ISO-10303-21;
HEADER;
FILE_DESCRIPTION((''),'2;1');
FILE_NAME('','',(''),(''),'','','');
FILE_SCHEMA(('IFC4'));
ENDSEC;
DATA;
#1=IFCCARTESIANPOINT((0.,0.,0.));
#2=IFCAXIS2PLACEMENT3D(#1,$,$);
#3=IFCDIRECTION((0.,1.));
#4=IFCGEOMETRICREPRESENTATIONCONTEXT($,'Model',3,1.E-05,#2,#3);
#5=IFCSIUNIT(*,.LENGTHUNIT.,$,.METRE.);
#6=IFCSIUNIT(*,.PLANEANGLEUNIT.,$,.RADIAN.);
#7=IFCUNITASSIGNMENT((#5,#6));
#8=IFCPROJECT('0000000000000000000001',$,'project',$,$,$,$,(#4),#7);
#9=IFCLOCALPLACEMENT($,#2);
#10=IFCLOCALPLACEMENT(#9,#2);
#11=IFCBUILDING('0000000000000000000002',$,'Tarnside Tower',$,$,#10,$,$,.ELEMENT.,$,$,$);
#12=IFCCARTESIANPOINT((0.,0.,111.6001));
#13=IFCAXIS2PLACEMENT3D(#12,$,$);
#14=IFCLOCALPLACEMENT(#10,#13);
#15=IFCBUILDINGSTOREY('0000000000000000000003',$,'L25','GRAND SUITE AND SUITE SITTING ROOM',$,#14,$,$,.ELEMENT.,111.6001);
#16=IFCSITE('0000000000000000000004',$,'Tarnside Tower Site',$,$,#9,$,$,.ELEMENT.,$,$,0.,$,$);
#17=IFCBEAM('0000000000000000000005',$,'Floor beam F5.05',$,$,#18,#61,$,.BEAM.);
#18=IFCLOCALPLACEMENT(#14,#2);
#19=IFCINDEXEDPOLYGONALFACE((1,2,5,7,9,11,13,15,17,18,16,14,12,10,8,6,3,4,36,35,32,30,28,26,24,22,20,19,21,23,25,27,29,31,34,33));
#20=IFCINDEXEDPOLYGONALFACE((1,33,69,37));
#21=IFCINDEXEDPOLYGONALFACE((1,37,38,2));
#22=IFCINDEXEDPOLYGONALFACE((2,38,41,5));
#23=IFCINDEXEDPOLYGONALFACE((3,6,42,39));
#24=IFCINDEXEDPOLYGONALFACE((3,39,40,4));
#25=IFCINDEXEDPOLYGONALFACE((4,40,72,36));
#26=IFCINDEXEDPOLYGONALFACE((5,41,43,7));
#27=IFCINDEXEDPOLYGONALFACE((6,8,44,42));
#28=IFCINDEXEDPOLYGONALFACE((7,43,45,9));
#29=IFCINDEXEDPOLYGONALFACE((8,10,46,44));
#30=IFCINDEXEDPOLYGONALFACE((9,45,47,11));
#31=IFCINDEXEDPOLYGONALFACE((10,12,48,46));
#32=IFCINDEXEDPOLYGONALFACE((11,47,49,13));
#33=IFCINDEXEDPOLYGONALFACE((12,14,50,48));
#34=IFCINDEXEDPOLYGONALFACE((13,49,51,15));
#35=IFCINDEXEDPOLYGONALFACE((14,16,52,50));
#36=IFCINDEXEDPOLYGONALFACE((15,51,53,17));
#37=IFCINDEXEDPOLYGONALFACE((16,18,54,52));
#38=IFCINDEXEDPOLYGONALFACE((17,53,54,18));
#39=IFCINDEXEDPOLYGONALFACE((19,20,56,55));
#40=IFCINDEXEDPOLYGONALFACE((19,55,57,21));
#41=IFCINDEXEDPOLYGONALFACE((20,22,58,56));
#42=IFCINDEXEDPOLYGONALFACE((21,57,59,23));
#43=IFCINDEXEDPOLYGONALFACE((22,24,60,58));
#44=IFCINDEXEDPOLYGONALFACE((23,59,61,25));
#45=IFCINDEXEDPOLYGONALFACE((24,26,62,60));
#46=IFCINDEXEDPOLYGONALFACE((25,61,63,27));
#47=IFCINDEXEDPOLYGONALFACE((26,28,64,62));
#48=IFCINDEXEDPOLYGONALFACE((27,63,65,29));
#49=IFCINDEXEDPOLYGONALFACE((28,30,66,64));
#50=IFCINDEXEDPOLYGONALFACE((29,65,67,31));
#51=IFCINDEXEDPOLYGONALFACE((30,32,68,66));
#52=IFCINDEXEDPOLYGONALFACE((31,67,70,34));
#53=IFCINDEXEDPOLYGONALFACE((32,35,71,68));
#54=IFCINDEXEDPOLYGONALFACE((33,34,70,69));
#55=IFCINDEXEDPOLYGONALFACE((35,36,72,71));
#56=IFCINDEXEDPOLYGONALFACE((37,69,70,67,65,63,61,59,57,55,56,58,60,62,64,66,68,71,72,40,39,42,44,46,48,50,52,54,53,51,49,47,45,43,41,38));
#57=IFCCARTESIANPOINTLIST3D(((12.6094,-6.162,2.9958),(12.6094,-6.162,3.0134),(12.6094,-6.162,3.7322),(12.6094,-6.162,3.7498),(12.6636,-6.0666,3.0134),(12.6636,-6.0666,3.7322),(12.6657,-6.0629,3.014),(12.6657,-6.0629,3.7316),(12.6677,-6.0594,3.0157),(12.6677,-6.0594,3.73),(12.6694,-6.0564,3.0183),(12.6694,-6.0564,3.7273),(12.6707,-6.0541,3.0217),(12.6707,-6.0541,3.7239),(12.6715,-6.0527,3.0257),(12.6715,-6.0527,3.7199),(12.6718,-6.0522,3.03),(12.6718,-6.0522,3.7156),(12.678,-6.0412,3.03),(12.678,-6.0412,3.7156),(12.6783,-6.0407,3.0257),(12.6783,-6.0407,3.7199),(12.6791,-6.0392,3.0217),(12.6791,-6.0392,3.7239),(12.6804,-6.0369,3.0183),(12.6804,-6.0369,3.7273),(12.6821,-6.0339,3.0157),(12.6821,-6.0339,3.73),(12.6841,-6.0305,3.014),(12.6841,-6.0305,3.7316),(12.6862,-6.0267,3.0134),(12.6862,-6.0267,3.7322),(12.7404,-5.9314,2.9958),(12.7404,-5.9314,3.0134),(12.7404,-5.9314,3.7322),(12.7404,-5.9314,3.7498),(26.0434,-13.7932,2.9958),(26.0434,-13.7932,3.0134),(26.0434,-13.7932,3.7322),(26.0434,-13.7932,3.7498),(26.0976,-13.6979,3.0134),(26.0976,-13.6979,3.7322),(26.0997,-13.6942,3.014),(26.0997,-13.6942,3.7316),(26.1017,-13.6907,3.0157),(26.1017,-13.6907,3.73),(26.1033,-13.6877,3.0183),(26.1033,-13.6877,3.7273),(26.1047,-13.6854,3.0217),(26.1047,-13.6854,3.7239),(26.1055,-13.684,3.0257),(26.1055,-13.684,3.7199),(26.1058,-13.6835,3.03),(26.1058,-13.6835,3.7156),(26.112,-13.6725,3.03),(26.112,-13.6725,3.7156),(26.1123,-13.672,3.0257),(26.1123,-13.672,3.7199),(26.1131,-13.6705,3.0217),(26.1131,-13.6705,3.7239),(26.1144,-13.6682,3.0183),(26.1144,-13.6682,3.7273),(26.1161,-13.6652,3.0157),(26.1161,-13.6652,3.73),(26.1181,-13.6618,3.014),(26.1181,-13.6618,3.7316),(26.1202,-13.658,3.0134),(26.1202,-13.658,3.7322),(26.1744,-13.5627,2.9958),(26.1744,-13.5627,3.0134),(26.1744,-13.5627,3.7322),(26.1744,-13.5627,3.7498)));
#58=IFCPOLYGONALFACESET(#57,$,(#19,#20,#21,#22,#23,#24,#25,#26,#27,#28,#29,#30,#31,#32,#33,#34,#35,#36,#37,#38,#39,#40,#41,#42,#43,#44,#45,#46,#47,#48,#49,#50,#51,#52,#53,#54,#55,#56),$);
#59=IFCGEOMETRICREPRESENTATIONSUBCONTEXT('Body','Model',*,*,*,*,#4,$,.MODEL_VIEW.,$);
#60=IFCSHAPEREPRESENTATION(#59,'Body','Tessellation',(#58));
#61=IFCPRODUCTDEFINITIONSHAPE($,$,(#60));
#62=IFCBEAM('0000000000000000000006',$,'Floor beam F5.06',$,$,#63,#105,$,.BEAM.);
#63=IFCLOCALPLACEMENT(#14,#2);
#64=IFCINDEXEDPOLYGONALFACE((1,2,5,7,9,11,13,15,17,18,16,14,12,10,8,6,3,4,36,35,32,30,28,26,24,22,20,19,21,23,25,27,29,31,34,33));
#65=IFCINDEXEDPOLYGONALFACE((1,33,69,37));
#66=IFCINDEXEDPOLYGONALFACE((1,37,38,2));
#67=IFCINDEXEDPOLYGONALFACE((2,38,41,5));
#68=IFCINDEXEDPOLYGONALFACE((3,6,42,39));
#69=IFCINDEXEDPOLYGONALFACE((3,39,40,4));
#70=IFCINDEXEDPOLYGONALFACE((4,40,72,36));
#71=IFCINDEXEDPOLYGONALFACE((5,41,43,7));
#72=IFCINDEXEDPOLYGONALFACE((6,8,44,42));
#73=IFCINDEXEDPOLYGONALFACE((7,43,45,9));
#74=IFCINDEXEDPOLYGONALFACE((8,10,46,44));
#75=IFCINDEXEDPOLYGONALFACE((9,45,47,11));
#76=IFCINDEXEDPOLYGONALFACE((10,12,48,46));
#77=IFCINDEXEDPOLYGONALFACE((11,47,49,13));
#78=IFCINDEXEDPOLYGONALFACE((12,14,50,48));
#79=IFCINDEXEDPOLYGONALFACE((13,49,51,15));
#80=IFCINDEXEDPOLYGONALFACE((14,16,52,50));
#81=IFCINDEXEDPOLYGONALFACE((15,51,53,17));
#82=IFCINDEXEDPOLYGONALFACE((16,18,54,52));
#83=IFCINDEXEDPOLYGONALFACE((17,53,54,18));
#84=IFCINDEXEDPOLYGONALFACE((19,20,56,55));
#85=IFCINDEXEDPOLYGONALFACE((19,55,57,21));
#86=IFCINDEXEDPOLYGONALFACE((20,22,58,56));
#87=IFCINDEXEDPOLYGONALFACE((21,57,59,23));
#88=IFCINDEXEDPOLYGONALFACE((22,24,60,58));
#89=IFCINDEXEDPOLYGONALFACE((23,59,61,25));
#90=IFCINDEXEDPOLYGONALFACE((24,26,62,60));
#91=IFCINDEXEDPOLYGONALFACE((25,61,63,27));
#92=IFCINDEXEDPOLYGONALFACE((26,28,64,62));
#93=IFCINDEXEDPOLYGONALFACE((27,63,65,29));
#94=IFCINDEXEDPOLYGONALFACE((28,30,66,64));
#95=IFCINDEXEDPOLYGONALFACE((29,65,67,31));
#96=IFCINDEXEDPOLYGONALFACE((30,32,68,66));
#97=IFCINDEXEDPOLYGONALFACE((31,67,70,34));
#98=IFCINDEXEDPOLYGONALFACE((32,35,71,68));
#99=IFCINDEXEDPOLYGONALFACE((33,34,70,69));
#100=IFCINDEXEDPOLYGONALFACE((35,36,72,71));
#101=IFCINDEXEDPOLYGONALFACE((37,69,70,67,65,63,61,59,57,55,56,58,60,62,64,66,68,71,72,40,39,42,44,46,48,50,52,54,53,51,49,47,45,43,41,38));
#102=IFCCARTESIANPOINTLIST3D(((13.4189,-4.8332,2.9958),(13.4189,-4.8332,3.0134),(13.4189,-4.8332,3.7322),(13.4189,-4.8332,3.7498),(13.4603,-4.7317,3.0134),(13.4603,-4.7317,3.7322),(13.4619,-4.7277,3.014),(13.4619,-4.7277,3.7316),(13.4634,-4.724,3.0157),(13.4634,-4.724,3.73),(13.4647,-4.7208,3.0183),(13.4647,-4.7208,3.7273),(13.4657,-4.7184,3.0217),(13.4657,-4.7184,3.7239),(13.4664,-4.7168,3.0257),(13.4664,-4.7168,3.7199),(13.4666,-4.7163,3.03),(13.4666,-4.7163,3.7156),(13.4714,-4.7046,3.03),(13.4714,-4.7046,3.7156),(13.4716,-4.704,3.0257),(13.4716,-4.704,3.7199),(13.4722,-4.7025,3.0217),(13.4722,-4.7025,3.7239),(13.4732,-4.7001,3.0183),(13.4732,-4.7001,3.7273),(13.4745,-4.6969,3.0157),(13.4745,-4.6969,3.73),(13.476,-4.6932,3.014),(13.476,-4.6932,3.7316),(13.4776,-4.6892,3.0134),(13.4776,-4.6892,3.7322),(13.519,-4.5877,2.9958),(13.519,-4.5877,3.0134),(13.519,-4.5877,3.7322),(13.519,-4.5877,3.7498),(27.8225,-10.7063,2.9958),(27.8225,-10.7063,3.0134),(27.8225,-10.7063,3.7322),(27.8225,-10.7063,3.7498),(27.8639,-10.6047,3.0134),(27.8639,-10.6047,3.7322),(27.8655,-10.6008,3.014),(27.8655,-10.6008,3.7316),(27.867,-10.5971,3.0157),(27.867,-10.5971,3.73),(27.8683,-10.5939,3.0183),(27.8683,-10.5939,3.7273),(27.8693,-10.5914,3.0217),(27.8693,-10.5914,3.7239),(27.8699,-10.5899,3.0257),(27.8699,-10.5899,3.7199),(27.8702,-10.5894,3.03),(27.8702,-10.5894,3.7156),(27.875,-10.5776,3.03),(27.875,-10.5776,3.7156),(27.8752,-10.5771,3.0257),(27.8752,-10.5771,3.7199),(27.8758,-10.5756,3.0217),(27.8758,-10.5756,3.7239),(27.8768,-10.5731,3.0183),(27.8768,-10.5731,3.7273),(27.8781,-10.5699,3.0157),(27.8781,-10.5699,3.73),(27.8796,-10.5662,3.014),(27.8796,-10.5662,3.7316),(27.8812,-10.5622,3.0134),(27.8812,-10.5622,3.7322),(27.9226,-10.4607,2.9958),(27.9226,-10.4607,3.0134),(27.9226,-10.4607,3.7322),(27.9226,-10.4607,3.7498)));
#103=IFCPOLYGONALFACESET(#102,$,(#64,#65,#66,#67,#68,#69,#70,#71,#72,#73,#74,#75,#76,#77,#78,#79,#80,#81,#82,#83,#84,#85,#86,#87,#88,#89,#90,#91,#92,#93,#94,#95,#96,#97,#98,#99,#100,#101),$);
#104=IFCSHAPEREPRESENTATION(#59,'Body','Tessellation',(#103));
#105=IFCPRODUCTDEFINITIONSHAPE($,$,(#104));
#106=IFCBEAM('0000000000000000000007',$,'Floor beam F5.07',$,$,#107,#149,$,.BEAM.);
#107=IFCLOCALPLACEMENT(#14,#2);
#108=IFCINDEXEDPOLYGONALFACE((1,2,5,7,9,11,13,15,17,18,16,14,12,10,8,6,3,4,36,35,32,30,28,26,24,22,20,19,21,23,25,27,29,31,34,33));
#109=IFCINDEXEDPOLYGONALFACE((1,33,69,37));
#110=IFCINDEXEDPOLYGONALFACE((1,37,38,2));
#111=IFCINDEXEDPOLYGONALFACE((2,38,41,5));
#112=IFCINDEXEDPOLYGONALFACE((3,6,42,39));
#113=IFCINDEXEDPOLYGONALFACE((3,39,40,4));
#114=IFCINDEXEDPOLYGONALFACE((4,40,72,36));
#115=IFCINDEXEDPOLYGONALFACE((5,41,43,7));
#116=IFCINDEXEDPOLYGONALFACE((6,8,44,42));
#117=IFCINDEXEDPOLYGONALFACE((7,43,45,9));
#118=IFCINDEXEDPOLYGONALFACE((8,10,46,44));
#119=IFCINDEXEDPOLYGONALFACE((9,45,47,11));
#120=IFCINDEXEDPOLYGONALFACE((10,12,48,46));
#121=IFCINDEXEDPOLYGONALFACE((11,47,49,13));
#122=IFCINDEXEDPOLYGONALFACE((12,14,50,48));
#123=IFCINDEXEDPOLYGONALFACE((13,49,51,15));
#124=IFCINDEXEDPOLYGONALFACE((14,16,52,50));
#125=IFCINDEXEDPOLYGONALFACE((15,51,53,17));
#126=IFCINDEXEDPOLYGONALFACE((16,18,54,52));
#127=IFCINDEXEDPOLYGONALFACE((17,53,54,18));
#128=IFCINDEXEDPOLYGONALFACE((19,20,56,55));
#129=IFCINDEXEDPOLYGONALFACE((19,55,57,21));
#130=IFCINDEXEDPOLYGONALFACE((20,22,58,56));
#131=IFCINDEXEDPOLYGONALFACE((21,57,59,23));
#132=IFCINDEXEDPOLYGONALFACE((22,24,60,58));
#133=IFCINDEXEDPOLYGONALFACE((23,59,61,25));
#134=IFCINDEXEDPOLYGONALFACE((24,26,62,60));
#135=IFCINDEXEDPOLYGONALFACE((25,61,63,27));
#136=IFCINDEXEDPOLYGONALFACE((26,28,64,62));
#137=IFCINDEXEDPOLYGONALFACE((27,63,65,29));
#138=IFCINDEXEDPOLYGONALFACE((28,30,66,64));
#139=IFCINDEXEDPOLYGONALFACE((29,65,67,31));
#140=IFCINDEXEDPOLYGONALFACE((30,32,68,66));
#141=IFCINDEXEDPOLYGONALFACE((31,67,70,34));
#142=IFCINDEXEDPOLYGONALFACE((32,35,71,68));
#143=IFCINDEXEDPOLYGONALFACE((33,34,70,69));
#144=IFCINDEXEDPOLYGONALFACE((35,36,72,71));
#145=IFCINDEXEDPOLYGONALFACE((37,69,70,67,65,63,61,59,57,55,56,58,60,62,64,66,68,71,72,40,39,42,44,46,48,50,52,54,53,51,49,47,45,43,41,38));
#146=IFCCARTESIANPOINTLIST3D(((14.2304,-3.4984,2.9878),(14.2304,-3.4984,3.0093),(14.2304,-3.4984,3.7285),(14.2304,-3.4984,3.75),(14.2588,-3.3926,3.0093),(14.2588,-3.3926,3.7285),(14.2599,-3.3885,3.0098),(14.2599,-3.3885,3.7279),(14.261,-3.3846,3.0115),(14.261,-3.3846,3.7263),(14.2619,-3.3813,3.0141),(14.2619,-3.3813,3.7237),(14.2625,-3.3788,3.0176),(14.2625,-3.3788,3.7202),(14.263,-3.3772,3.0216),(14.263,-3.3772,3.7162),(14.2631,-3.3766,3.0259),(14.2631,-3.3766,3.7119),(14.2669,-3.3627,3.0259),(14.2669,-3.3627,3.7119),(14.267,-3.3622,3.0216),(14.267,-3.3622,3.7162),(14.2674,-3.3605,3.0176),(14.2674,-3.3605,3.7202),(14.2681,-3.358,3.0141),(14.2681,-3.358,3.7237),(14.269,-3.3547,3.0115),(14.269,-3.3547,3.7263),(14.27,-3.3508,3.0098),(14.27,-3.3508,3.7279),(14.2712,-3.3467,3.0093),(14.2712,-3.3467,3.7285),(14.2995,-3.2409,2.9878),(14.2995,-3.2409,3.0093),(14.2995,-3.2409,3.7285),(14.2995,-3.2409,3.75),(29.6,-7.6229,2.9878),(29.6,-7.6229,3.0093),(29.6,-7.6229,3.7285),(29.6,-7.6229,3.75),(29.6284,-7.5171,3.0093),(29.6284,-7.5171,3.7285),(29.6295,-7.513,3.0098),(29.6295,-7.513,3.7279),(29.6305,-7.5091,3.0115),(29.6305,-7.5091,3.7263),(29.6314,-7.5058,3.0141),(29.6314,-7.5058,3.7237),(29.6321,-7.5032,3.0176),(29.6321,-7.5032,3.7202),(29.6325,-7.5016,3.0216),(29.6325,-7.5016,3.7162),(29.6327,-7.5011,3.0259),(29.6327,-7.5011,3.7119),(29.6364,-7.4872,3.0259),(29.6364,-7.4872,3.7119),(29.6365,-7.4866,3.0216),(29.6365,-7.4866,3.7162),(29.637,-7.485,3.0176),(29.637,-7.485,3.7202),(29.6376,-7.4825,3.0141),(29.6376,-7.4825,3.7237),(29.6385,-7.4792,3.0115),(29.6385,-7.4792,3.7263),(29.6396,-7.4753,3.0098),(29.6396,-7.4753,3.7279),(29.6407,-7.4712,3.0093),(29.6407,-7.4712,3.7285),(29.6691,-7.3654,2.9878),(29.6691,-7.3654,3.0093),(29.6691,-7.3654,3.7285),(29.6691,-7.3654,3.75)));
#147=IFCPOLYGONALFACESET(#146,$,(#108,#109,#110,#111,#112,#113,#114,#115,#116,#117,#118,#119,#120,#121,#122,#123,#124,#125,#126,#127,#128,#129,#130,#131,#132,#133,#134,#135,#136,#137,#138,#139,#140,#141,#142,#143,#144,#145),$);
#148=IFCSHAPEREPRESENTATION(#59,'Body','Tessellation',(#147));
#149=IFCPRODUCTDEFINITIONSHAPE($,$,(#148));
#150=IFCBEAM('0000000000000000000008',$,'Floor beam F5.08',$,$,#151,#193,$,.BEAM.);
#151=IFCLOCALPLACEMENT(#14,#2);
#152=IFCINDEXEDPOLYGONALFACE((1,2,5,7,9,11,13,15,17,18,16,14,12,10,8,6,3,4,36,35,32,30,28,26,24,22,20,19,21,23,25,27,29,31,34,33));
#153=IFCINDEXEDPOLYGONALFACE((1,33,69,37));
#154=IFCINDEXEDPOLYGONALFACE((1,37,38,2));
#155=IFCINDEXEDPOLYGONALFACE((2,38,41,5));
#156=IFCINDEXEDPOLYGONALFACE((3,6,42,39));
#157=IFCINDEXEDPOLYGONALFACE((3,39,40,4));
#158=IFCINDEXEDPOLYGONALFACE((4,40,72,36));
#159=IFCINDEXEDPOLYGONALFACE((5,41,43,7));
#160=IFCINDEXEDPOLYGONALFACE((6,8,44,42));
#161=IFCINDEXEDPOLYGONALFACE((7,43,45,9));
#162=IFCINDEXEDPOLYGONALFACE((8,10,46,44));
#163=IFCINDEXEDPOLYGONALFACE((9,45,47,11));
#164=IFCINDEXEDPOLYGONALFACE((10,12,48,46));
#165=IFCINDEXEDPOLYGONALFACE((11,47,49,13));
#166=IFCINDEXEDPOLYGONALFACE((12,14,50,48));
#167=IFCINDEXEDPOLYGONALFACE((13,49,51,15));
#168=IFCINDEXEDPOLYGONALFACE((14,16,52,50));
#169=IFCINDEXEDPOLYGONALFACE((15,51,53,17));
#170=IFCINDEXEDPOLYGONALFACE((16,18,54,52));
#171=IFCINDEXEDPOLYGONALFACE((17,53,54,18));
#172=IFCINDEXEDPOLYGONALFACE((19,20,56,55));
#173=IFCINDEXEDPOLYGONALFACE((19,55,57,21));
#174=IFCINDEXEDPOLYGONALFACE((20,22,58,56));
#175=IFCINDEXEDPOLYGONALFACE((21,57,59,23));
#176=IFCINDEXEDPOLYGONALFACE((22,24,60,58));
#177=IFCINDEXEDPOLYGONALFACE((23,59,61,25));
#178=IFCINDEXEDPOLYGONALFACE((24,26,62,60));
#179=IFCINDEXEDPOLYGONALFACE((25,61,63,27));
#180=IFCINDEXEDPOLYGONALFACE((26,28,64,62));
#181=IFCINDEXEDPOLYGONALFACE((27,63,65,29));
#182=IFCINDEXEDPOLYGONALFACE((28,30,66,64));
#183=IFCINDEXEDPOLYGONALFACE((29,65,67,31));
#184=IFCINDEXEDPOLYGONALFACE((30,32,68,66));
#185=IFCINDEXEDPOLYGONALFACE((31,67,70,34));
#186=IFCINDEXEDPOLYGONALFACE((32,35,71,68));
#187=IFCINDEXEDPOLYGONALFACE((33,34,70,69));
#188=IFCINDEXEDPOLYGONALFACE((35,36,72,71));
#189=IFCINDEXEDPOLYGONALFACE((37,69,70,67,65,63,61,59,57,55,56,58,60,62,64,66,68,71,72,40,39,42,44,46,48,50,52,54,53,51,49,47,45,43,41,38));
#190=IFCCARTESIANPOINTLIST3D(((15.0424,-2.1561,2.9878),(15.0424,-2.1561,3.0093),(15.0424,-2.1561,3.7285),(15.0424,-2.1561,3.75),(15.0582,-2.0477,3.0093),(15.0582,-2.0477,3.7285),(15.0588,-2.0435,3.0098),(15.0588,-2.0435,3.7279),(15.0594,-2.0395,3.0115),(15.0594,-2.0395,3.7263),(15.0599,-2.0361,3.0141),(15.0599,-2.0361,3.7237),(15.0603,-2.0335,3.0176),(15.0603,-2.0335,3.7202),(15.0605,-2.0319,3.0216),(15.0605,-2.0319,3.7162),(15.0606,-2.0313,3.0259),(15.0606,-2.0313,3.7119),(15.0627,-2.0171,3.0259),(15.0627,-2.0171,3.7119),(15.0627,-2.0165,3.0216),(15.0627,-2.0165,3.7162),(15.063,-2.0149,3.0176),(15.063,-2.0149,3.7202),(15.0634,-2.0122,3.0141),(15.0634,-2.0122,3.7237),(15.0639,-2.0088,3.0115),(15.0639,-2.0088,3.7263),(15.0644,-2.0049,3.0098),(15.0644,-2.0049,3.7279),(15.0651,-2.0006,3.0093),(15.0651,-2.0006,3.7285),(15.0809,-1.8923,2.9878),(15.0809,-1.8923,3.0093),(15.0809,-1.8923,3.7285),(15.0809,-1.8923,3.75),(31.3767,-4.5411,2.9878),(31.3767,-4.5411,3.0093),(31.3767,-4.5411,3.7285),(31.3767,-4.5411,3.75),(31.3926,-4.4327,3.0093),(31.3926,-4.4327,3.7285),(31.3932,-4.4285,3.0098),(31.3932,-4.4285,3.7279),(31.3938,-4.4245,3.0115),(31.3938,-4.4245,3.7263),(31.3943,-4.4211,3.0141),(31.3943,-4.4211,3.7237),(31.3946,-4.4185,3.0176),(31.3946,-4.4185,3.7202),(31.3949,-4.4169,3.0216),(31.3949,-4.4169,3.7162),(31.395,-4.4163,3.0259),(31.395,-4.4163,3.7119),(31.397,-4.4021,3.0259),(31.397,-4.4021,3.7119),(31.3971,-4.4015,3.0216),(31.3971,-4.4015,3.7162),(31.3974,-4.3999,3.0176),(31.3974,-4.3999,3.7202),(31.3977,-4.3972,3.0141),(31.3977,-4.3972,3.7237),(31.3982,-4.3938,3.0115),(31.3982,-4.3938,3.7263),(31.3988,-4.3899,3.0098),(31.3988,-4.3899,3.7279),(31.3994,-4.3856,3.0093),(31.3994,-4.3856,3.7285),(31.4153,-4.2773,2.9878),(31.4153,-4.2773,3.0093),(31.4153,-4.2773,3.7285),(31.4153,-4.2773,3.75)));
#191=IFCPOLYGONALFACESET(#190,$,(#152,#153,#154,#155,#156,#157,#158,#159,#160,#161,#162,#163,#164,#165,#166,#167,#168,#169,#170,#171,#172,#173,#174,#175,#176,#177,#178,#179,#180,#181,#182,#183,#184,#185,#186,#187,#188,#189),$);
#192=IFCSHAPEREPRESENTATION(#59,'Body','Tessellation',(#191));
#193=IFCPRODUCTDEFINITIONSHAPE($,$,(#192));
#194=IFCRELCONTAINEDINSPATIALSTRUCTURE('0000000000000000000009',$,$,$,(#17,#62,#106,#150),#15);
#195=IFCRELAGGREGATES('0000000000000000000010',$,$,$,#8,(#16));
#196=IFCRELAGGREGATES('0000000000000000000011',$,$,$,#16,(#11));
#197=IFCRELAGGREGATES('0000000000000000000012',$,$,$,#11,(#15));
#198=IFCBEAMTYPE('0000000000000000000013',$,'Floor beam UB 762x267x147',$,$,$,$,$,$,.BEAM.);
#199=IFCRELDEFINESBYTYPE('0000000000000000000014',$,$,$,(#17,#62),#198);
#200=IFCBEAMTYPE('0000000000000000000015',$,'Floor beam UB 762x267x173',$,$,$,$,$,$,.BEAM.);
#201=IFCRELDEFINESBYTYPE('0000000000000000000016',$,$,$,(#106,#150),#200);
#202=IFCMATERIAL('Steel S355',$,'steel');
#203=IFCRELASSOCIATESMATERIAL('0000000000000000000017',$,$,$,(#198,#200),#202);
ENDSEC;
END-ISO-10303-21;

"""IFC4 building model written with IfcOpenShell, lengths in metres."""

from ifc_helpers import new_model, si_unit, direction, frame, origin, origin_2d, place, context, subcontext, project, spatial, i_section, extrude, material, material_profile, profile_set, type_object, element, save


model = new_model("IFC4")

# Units and contexts
model_context = context("Model", 3, precision=1e-05, world=origin(), true_north=direction((0.0, 1.0)))
body_context = subcontext(model_context, "Body", "Model", "MODEL_VIEW")
ifc_project = project(units=[si_unit("LENGTHUNIT", "METRE"), si_unit("PLANEANGLEUNIT", "RADIAN")], contexts=[model_context])

# Site, building, storey
site_placement = place(None, origin())
site = spatial("IfcSite", under=ifc_project, at=site_placement, Name="Tarnside Tower Site", CompositionType="ELEMENT", RefElevation=0.0)
building_placement = place(site_placement, origin())
building = spatial("IfcBuilding", under=site, at=building_placement, Name="Tarnside Tower", CompositionType="ELEMENT")
storey_placement = place(building_placement, frame((0.0, 0.0, 111.6001)))
storey = spatial("IfcBuildingStorey", under=building, at=storey_placement, Name="L25", Description="GRAND SUITE AND SUITE SITTING ROOM", CompositionType="ELEMENT", Elevation=111.6001)

# Beams
ifc_material_1 = material(Name="Steel S355", Category="steel")
ifc_material_profile_1 = material_profile(ifc_material_1, i_section(OverallWidth=0.2651, OverallDepth=0.7539, WebThickness=0.0127, FlangeThickness=0.0176, FilletRadius=0.0166, at=origin_2d()), Name="UB 762x267x147")
ifc_profile_set_1 = profile_set([ifc_material_profile_1], Name="Steel S355")
beam_type_1 = type_object("IfcBeamType", Name="Floor beam UB 762x267x147", PredefinedType="BEAM", material=ifc_profile_set_1)
beam_1_placement = place(storey_placement, frame((26.1089, -13.678, 3.3728), z_axis=(-0.869503, 0.493929, 0.0), x_axis=(-0.493929, -0.869503, 0.0)))
element("IfcBeam", 1, at=beam_1_placement, inside=storey, type_object=beam_type_1, Name="Floor beam F5.05", PredefinedType="BEAM", context=body_context, shape_type="SweptSolid", body=[
    extrude(i_section(OverallWidth=0.2651, OverallDepth=0.7539, WebThickness=0.0127, FlangeThickness=0.0176, FilletRadius=0.0166, at=origin_2d()), origin(), (0.0, 0.0, 1.0), 15.4502),
])
beam_2_placement = place(storey_placement, frame((27.8726, -10.5835, 3.3728), z_axis=(-0.925982, 0.377569, 0.0), x_axis=(-0.377569, -0.925982, 0.0)))
element("IfcBeam", 2, at=beam_2_placement, inside=storey, type_object=beam_type_1, Name="Floor beam F5.06", PredefinedType="BEAM", context=body_context, shape_type="SweptSolid", body=[
    extrude(i_section(OverallWidth=0.2651, OverallDepth=0.7539, WebThickness=0.0127, FlangeThickness=0.0176, FilletRadius=0.0166, at=origin_2d()), origin(), (0.0, 0.0, 1.0), 15.5549),
])
ifc_material_profile_2 = material_profile(ifc_material_1, i_section(OverallWidth=0.2666, OverallDepth=0.7622, WebThickness=0.0144, FlangeThickness=0.0215, FilletRadius=0.0166, at=origin_2d()), Name="UB 762x267x173")
ifc_profile_set_2 = profile_set([ifc_material_profile_2], Name="Steel S355")
beam_type_2 = type_object("IfcBeamType", Name="Floor beam UB 762x267x173", PredefinedType="BEAM", material=ifc_profile_set_2)
beam_3_placement = place(storey_placement, frame((29.6345, -7.4941, 3.3689), z_axis=(-0.965828, 0.259184, 0.0), x_axis=(-0.259184, -0.965828, 0.0)))
element("IfcBeam", 3, at=beam_3_placement, inside=storey, type_object=beam_type_2, Name="Floor beam F5.07", PredefinedType="BEAM", context=body_context, shape_type="SweptSolid", body=[
    extrude(i_section(OverallWidth=0.2666, OverallDepth=0.7622, WebThickness=0.0144, FlangeThickness=0.0215, FilletRadius=0.0166, at=origin_2d()), origin(), (0.0, 0.0, 1.0), 15.9133),
])
beam_4_placement = place(storey_placement, frame((31.396, -4.4092, 3.3689), z_axis=(-0.989508, 0.144479, 0.0), x_axis=(-0.144479, -0.989508, 0.0)))
element("IfcBeam", 4, at=beam_4_placement, inside=storey, type_object=beam_type_2, Name="Floor beam F5.08", PredefinedType="BEAM", context=body_context, shape_type="SweptSolid", body=[
    extrude(i_section(OverallWidth=0.2666, OverallDepth=0.7622, WebThickness=0.0144, FlangeThickness=0.0215, FilletRadius=0.0166, at=origin_2d()), origin(), (0.0, 0.0, 1.0), 16.5076),
])

save(model, "model.ifc")
